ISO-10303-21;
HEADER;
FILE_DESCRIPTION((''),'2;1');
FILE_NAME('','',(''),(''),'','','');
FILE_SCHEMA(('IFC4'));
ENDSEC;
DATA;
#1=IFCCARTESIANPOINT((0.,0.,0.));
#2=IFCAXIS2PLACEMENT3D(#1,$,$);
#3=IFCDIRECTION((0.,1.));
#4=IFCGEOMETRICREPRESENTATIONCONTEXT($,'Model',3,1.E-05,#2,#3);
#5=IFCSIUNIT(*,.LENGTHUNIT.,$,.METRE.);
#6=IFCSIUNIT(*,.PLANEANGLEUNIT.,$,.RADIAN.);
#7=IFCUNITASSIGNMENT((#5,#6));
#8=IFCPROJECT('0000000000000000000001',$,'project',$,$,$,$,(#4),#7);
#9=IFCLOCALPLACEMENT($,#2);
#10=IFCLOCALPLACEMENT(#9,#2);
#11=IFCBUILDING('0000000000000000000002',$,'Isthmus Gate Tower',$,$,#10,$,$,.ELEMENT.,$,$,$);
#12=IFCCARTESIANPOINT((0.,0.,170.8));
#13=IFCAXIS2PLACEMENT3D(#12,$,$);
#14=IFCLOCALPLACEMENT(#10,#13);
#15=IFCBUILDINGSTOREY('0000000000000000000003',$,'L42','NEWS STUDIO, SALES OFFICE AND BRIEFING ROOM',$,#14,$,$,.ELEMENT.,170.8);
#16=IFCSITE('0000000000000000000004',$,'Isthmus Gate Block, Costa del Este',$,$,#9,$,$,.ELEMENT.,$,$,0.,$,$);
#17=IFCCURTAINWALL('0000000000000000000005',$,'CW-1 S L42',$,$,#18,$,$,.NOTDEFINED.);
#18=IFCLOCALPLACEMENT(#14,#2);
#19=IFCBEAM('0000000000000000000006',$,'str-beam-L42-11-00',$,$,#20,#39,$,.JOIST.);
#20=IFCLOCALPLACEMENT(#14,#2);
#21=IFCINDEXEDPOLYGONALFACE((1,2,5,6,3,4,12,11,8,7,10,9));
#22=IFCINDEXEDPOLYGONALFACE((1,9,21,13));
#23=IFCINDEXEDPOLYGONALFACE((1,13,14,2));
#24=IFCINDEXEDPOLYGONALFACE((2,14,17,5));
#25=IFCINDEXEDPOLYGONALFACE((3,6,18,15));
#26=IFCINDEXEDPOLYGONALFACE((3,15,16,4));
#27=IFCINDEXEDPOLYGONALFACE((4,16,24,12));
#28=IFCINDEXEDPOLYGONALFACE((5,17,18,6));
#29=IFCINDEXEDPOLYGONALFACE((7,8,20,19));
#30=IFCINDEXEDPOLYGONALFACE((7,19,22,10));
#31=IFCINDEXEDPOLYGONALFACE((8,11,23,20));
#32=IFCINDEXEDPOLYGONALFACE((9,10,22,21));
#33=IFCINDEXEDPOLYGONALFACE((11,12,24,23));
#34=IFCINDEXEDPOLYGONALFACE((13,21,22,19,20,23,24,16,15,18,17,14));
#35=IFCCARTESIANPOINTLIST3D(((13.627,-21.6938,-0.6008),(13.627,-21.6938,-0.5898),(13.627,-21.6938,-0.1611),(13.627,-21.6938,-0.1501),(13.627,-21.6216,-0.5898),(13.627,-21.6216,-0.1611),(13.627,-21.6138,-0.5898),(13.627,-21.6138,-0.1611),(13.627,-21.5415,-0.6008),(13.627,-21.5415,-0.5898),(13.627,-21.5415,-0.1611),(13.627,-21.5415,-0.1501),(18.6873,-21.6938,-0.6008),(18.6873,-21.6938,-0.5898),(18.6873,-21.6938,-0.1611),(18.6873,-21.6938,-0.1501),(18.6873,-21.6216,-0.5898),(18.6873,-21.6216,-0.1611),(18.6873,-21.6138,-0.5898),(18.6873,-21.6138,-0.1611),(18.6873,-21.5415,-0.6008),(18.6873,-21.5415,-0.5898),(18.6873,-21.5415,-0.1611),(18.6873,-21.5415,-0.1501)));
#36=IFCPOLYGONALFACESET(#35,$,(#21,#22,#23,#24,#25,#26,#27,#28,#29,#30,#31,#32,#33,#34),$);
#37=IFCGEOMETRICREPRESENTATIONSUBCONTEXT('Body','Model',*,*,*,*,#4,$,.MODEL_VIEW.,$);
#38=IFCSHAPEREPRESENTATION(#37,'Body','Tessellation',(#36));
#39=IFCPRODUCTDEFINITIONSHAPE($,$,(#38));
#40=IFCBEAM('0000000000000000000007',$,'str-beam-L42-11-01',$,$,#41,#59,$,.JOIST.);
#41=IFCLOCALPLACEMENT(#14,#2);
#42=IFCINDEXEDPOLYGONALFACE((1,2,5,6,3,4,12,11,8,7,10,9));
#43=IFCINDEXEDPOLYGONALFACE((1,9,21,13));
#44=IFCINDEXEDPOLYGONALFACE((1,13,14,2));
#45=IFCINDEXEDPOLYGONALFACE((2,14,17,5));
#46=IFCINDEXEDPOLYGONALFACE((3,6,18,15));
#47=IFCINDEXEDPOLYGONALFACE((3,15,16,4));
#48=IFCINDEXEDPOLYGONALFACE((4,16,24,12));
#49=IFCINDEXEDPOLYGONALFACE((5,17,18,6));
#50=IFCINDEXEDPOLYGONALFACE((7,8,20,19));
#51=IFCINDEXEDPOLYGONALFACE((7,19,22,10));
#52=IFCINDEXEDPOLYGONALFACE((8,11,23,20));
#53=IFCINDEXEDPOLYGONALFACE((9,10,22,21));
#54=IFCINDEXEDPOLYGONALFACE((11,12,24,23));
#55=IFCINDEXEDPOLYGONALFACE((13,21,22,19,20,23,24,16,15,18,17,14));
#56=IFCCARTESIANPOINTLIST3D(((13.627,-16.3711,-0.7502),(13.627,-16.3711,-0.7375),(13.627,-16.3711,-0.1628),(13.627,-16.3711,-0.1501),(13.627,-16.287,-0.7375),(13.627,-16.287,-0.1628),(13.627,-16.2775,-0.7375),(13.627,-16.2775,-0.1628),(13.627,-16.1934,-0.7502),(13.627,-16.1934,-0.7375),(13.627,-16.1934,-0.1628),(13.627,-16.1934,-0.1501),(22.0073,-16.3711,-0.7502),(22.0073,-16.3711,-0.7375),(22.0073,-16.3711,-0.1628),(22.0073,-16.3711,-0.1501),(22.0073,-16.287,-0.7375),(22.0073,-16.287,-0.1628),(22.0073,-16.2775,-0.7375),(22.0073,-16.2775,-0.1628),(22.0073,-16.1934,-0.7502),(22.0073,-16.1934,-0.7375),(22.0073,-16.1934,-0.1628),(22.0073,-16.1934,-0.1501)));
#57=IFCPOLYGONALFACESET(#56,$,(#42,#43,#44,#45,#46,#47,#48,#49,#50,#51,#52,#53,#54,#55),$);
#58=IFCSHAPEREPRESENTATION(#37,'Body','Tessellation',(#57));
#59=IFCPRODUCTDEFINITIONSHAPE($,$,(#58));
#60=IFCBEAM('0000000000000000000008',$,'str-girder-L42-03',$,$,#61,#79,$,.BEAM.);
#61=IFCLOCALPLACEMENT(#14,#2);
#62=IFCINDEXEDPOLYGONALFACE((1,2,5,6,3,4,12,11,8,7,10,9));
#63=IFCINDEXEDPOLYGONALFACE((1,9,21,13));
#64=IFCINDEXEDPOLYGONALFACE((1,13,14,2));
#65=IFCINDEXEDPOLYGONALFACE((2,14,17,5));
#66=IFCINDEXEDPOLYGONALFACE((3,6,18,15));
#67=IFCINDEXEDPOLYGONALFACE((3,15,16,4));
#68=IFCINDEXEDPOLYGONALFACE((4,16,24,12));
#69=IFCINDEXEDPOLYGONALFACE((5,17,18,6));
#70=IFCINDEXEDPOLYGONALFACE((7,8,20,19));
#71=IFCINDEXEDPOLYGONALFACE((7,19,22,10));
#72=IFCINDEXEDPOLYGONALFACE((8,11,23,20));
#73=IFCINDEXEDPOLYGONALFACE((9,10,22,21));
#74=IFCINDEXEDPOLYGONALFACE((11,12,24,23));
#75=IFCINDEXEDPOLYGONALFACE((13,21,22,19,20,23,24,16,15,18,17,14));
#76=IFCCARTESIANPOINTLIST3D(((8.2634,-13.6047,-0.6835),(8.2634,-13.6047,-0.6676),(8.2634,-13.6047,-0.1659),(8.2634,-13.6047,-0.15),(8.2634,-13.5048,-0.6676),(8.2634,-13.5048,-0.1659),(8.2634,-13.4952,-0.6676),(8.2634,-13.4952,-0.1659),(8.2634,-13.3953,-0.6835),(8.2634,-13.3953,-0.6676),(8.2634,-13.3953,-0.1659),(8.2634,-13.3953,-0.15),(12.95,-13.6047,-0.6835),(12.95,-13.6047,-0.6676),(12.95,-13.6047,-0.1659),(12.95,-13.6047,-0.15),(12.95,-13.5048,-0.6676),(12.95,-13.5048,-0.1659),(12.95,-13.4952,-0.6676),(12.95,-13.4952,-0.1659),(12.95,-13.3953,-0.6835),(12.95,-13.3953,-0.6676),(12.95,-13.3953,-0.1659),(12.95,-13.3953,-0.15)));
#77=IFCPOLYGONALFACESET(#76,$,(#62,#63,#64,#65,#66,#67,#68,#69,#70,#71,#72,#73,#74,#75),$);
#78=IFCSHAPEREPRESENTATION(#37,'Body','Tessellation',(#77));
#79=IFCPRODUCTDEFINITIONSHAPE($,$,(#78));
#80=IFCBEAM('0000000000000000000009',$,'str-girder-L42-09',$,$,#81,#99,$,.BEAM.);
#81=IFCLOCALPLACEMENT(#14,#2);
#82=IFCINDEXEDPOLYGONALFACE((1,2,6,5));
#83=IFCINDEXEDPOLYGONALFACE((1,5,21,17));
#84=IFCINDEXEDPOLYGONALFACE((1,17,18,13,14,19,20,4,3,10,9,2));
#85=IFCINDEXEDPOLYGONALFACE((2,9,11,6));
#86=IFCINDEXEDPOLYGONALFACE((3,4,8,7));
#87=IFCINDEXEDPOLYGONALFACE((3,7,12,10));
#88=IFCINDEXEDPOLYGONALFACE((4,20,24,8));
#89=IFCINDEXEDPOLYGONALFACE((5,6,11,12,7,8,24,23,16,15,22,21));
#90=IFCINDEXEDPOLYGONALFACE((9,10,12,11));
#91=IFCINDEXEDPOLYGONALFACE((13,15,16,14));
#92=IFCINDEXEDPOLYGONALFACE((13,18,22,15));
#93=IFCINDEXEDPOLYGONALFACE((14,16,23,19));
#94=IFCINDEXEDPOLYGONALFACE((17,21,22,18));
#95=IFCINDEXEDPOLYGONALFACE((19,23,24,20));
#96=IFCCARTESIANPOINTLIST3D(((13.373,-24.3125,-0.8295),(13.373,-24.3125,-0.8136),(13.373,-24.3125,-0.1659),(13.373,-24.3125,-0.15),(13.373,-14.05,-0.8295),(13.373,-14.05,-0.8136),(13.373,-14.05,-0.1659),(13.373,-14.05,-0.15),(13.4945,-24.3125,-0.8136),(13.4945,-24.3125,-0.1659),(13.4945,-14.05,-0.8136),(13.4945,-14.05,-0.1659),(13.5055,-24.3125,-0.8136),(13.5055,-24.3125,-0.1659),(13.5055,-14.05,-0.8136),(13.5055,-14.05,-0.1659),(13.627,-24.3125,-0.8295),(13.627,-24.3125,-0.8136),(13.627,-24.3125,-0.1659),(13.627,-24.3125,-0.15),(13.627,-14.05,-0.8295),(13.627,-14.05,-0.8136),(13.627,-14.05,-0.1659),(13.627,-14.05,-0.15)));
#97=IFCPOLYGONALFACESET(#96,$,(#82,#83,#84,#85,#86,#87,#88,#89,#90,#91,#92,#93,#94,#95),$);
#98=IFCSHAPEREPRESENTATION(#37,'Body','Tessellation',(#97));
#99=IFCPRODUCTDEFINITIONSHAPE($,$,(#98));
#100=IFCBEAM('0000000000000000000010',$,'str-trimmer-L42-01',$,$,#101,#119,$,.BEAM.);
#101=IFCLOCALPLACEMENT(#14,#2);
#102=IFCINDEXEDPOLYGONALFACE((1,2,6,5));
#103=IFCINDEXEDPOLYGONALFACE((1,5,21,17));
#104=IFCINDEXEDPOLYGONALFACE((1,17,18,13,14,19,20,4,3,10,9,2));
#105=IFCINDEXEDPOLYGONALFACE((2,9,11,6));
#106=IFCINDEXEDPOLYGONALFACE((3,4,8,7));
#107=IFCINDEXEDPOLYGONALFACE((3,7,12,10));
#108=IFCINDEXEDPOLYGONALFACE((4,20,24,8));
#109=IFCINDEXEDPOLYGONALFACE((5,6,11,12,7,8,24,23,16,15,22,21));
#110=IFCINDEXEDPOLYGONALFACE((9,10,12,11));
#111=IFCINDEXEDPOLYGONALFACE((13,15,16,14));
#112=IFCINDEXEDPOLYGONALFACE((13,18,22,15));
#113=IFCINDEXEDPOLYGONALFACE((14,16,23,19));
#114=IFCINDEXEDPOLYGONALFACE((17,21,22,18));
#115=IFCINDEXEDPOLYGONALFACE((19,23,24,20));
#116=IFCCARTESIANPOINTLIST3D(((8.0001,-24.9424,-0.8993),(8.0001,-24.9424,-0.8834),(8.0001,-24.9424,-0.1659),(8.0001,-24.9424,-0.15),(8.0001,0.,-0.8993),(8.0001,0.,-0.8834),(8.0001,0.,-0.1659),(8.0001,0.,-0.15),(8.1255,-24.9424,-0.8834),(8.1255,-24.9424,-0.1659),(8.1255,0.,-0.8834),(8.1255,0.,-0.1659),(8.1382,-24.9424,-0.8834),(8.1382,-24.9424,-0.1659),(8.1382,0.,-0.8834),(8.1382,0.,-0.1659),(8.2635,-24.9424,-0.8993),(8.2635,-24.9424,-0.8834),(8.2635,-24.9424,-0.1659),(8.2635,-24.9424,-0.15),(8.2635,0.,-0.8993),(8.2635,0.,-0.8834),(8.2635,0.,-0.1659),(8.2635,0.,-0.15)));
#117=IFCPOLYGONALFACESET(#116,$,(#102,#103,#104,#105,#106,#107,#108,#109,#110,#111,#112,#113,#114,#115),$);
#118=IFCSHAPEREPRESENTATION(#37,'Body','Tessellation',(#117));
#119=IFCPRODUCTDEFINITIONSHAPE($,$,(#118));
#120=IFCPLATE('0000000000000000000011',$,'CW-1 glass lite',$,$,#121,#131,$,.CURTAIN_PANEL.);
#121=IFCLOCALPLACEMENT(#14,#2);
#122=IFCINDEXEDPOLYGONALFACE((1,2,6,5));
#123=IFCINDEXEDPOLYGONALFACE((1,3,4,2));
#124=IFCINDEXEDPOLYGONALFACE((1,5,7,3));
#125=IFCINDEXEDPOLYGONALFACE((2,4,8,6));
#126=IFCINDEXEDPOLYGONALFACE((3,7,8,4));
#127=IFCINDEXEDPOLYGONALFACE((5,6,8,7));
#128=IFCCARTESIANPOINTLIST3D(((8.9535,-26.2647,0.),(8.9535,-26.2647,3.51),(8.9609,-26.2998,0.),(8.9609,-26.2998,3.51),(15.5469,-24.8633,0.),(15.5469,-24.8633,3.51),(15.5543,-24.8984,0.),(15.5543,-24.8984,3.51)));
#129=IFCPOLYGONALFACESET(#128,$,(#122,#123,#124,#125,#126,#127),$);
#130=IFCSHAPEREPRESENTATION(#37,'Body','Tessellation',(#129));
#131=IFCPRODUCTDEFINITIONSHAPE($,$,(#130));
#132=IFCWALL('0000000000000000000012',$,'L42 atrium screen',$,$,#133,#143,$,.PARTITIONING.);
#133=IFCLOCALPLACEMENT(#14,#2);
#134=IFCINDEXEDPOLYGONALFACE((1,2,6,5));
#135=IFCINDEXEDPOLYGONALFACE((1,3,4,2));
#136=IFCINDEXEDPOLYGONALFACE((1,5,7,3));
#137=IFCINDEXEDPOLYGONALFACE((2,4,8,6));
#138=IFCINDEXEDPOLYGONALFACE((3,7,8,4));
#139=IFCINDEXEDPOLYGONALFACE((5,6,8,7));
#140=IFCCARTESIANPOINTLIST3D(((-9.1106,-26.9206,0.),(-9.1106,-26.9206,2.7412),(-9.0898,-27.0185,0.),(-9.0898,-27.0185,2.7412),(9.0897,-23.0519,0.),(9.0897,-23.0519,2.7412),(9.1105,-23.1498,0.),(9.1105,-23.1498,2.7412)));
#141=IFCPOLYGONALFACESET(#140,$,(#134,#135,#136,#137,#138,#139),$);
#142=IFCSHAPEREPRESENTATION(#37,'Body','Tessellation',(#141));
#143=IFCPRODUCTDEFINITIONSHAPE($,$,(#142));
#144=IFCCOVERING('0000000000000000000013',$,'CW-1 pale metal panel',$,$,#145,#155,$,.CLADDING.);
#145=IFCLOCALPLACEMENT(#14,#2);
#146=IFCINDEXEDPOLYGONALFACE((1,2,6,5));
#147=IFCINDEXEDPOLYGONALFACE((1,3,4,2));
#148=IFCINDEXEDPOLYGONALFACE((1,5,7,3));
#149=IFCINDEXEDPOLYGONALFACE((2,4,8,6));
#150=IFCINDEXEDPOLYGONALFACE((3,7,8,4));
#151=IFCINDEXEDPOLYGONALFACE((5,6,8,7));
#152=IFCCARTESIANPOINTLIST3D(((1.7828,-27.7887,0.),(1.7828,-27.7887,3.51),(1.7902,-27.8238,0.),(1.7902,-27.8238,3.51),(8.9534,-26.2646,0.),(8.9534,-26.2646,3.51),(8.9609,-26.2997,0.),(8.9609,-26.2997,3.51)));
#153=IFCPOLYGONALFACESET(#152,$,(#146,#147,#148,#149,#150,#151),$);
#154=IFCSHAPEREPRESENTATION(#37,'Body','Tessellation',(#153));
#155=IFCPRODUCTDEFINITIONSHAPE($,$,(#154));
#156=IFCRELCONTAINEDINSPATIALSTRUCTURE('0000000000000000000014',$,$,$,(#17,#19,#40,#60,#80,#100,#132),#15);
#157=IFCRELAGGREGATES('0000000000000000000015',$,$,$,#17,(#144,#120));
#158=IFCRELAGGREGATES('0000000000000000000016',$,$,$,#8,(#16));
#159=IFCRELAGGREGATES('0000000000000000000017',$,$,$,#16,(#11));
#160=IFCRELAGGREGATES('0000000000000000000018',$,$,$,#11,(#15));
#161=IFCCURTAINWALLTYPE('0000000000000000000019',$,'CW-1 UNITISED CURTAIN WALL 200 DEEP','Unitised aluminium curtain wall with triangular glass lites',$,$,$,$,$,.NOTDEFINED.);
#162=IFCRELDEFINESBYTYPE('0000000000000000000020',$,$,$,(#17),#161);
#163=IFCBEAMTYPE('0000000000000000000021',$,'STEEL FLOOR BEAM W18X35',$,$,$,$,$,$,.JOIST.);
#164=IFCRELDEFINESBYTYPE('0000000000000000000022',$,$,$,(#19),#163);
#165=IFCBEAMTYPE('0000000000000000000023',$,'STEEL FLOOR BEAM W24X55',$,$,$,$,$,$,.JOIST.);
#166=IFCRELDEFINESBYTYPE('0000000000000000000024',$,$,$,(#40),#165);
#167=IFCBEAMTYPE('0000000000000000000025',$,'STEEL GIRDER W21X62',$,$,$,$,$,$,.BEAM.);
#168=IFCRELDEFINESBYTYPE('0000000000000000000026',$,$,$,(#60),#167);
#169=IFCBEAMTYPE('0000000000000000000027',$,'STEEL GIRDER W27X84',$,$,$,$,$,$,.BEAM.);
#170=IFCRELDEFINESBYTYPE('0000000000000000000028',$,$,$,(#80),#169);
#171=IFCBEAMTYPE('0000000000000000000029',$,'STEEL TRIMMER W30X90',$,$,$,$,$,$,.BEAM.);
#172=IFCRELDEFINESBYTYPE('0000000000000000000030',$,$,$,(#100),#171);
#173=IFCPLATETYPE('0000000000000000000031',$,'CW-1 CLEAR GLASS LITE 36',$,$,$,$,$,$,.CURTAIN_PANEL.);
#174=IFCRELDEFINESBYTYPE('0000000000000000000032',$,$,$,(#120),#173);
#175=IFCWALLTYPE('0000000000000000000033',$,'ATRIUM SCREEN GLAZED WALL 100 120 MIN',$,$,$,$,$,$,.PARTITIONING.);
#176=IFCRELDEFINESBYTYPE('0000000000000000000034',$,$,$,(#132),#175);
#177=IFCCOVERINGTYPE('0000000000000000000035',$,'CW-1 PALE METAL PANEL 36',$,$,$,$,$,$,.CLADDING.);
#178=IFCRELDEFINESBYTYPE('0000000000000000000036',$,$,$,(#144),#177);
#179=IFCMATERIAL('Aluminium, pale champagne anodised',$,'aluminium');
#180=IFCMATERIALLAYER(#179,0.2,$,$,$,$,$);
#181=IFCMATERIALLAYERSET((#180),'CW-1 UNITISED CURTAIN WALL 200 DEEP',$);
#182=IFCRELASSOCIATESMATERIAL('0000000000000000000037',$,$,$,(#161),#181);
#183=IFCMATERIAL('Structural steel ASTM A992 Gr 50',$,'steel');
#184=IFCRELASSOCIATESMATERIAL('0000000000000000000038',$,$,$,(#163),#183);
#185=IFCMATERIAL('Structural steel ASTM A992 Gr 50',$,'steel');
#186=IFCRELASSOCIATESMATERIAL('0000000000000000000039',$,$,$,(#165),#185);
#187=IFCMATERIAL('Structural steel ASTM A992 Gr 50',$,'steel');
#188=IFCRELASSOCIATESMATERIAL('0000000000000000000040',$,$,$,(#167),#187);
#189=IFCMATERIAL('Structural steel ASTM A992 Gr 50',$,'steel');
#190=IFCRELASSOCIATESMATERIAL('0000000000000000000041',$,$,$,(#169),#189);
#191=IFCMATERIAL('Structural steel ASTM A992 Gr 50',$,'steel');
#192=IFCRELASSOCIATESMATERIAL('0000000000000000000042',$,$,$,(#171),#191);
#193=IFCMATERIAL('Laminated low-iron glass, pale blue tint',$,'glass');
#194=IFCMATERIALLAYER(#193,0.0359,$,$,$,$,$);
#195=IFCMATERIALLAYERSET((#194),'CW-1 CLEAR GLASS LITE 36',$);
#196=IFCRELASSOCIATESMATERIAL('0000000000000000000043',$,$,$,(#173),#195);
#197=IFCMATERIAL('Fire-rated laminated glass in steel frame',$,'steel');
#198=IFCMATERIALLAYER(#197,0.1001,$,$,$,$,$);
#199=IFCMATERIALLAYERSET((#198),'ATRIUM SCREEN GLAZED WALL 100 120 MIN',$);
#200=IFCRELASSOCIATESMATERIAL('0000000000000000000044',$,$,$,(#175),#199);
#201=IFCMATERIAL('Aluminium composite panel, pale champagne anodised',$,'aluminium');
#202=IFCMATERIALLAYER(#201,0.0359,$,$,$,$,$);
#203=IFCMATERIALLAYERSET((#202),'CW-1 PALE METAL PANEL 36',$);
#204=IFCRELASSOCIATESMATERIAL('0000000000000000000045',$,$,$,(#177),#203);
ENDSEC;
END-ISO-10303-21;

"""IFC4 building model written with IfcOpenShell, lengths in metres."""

from ifc_helpers import new_model, si_unit, direction, frame, frame_2d, origin, origin_2d, place, context, subcontext, project, spatial, rectangle, i_section, extrude, material, layer, layer_set, material_profile, profile_set, type_object, element, aggregate, save


model = new_model("IFC4")

# Units and contexts
model_context = context("Model", 3, precision=1e-05, world=origin(), true_north=direction((0.0, 1.0)))
body_context = subcontext(model_context, "Body", "Model", "MODEL_VIEW")
ifc_project = project(units=[si_unit("LENGTHUNIT", "METRE"), si_unit("PLANEANGLEUNIT", "RADIAN")], contexts=[model_context])

# Site, building, storey
site_placement = place(None, origin())
site = spatial("IfcSite", under=ifc_project, at=site_placement, Name="Isthmus Gate Block, Costa del Este", CompositionType="ELEMENT", RefElevation=0.0)
building_placement = place(site_placement, origin())
building = spatial("IfcBuilding", under=site, at=building_placement, Name="Isthmus Gate Tower", CompositionType="ELEMENT")
storey_placement = place(building_placement, frame((0.0, 0.0, 170.8)))
storey = spatial("IfcBuildingStorey", under=building, at=storey_placement, Name="L42", Description="NEWS STUDIO, SALES OFFICE AND BRIEFING ROOM", CompositionType="ELEMENT", Elevation=170.8)

# Curtain wall
ifc_material_1 = material(Name="Aluminium, pale champagne anodised", Category="aluminium")
ifc_layer_1 = layer(ifc_material_1, 0.2)
ifc_layer_set_1 = layer_set([ifc_layer_1], Name="CW-1 UNITISED CURTAIN WALL 200 DEEP")
curtain_wall_type = type_object("IfcCurtainWallType", Name="CW-1 UNITISED CURTAIN WALL 200 DEEP", Description="Unitised aluminium curtain wall with triangular glass lites", PredefinedType="NOTDEFINED", material=ifc_layer_set_1)
curtain_wall_placement = place(storey_placement, origin())
curtain_wall = element("IfcCurtainWall", 1, at=curtain_wall_placement, inside=storey, type_object=curtain_wall_type, Name="CW-1 S L42", PredefinedType="NOTDEFINED")

# Beams
ifc_material_2 = material(Name="Structural steel ASTM A992 Gr 50", Category="steel")
ifc_material_profile_1 = material_profile(ifc_material_2, i_section(OverallWidth=0.1523, OverallDepth=0.4507, WebThickness=0.0078, FlangeThickness=0.011, at=origin_2d()), Name="W18X35")
ifc_profile_set_1 = profile_set([ifc_material_profile_1], Name="Structural steel ASTM A992 Gr 50")
beam_type_1 = type_object("IfcBeamType", Name="STEEL FLOOR BEAM W18X35", PredefinedType="JOIST", material=ifc_profile_set_1)
beam_1_placement = place(storey_placement, frame((13.627, -21.6177, -0.3755), z_axis=(1.0, 0.0, 0.0), x_axis=(0.0, 1.0, 0.0)))
element("IfcBeam", 2, at=beam_1_placement, inside=storey, type_object=beam_type_1, Name="str-beam-L42-11-00", PredefinedType="JOIST", context=body_context, shape_type="SweptSolid", body=[
    extrude(i_section(OverallWidth=0.1523, OverallDepth=0.4507, WebThickness=0.0078, FlangeThickness=0.011, at=origin_2d()), origin(), (0.0, 0.0, 1.0), 5.0603),
])
ifc_material_3 = material(Name="Structural steel ASTM A992 Gr 50", Category="steel")
ifc_material_profile_2 = material_profile(ifc_material_3, i_section(OverallWidth=0.1777, OverallDepth=0.6001, WebThickness=0.0095, FlangeThickness=0.0127, at=origin_2d()), Name="W24X55")
ifc_profile_set_2 = profile_set([ifc_material_profile_2], Name="Structural steel ASTM A992 Gr 50")
beam_type_2 = type_object("IfcBeamType", Name="STEEL FLOOR BEAM W24X55", PredefinedType="JOIST", material=ifc_profile_set_2)
beam_2_placement = place(storey_placement, frame((13.627, -16.2822, -0.4502), z_axis=(1.0, 0.0, 0.0), x_axis=(0.0, 1.0, 0.0)))
element("IfcBeam", 3, at=beam_2_placement, inside=storey, type_object=beam_type_2, Name="str-beam-L42-11-01", PredefinedType="JOIST", context=body_context, shape_type="SweptSolid", body=[
    extrude(i_section(OverallWidth=0.1777, OverallDepth=0.6001, WebThickness=0.0095, FlangeThickness=0.0127, at=origin_2d()), origin(), (0.0, 0.0, 1.0), 8.3804),
])
ifc_material_4 = material(Name="Structural steel ASTM A992 Gr 50", Category="steel")
ifc_material_profile_3 = material_profile(ifc_material_4, i_section(OverallWidth=0.2095, OverallDepth=0.5334, WebThickness=0.0095, FlangeThickness=0.0159, at=origin_2d()), Name="W21X62")
ifc_profile_set_3 = profile_set([ifc_material_profile_3], Name="Structural steel ASTM A992 Gr 50")
beam_type_3 = type_object("IfcBeamType", Name="STEEL GIRDER W21X62", PredefinedType="BEAM", material=ifc_profile_set_3)
beam_3_placement = place(storey_placement, frame((8.2634, -13.5, -0.4167), z_axis=(1.0, 0.0, 0.0), x_axis=(0.0, 1.0, 0.0)))
element("IfcBeam", 4, at=beam_3_placement, inside=storey, type_object=beam_type_3, Name="str-girder-L42-03", PredefinedType="BEAM", context=body_context, shape_type="SweptSolid", body=[
    extrude(i_section(OverallWidth=0.2095, OverallDepth=0.5334, WebThickness=0.0095, FlangeThickness=0.0159, at=origin_2d()), origin(), (0.0, 0.0, 1.0), 4.6865),
])
ifc_material_5 = material(Name="Structural steel ASTM A992 Gr 50", Category="steel")
ifc_material_profile_4 = material_profile(ifc_material_5, i_section(OverallWidth=0.2539, OverallDepth=0.6794, WebThickness=0.011, FlangeThickness=0.0159, at=origin_2d()), Name="W27X84")
ifc_profile_set_4 = profile_set([ifc_material_profile_4], Name="Structural steel ASTM A992 Gr 50")
beam_type_4 = type_object("IfcBeamType", Name="STEEL GIRDER W27X84", PredefinedType="BEAM", material=ifc_profile_set_4)
beam_4_placement = place(storey_placement, frame((13.5, -24.3125, -0.4897), z_axis=(0.0, 1.0, 0.0), x_axis=(-1.0, 0.0, 0.0)))
element("IfcBeam", 5, at=beam_4_placement, inside=storey, type_object=beam_type_4, Name="str-girder-L42-09", PredefinedType="BEAM", context=body_context, shape_type="SweptSolid", body=[
    extrude(i_section(OverallWidth=0.2539, OverallDepth=0.6794, WebThickness=0.011, FlangeThickness=0.0159, at=origin_2d()), origin(), (0.0, 0.0, 1.0), 10.2625),
])
ifc_material_6 = material(Name="Structural steel ASTM A992 Gr 50", Category="steel")
ifc_material_profile_5 = material_profile(ifc_material_6, i_section(OverallWidth=0.2634, OverallDepth=0.7493, WebThickness=0.0127, FlangeThickness=0.0159, at=origin_2d()), Name="W30X90")
ifc_profile_set_5 = profile_set([ifc_material_profile_5], Name="Structural steel ASTM A992 Gr 50")
beam_type_5 = type_object("IfcBeamType", Name="STEEL TRIMMER W30X90", PredefinedType="BEAM", material=ifc_profile_set_5)
beam_5_placement = place(storey_placement, frame((8.1318, -24.9424, -0.5247), z_axis=(0.0, 1.0, 0.0), x_axis=(-1.0, 0.0, 0.0)))
element("IfcBeam", 6, at=beam_5_placement, inside=storey, type_object=beam_type_5, Name="str-trimmer-L42-01", PredefinedType="BEAM", context=body_context, shape_type="SweptSolid", body=[
    extrude(i_section(OverallWidth=0.2634, OverallDepth=0.7493, WebThickness=0.0127, FlangeThickness=0.0159, at=origin_2d()), origin(), (0.0, 0.0, 1.0), 24.9424),
])

# Plate
ifc_material_7 = material(Name="Laminated low-iron glass, pale blue tint", Category="glass")
ifc_layer_2 = layer(ifc_material_7, 0.0359)
ifc_layer_set_2 = layer_set([ifc_layer_2], Name="CW-1 CLEAR GLASS LITE 36")
plate_type = type_object("IfcPlateType", Name="CW-1 CLEAR GLASS LITE 36", PredefinedType="CURTAIN_PANEL", material=ifc_layer_set_2)
plate_placement = place(storey_placement, frame((12.2539, -25.5815, 0.0), z_axis=(0.0, 0.0, 1.0), x_axis=(0.978148, 0.207912, 0.0)))
plate = element("IfcPlate", 7, at=plate_placement, type_object=plate_type, Name="CW-1 glass lite", PredefinedType="CURTAIN_PANEL", context=body_context, shape_type="SweptSolid", body=[
    extrude(rectangle(XDim=6.7407, YDim=0.0359, at=origin_2d()), origin(), (0.0, 0.0, 1.0), 3.51),
])

# Wall
ifc_material_8 = material(Name="Fire-rated laminated glass in steel frame", Category="steel")
ifc_layer_3 = layer(ifc_material_8, 0.1001)
ifc_layer_set_3 = layer_set([ifc_layer_3], Name="ATRIUM SCREEN GLAZED WALL 100 120 MIN")
wall_type = type_object("IfcWallType", Name="ATRIUM SCREEN GLAZED WALL 100 120 MIN", PredefinedType="PARTITIONING", material=ifc_layer_set_3)
wall_placement = place(storey_placement, frame((9.1001, -23.1008, 0.0), z_axis=(0.0, 0.0, 1.0), x_axis=(-0.978147, -0.207916, 0.0)))
element("IfcWall", 8, at=wall_placement, inside=storey, type_object=wall_type, Name="L42 atrium screen", PredefinedType="PARTITIONING", context=body_context, shape_type="SweptSolid", body=[
    extrude(rectangle(XDim=18.6069, YDim=0.1001, at=frame_2d((9.3035, 0.0))), origin(), (0.0, 0.0, 1.0), 2.7412),
])

# Covering
ifc_material_9 = material(Name="Aluminium composite panel, pale champagne anodised", Category="aluminium")
ifc_layer_4 = layer(ifc_material_9, 0.0359)
ifc_layer_set_4 = layer_set([ifc_layer_4], Name="CW-1 PALE METAL PANEL 36")
covering_type = type_object("IfcCoveringType", Name="CW-1 PALE METAL PANEL 36", PredefinedType="CLADDING", material=ifc_layer_set_4)
covering_placement = place(storey_placement, frame((5.3718, -27.0442, 0.0), z_axis=(0.0, 0.0, 1.0), x_axis=(0.978148, 0.207912, 0.0)))
covering = element("IfcCovering", 9, at=covering_placement, type_object=covering_type, Name="CW-1 pale metal panel", PredefinedType="CLADDING", context=body_context, shape_type="SweptSolid", body=[
    extrude(rectangle(XDim=7.3308, YDim=0.0359, at=origin_2d()), origin(), (0.0, 0.0, 1.0), 3.51),
])
aggregate(curtain_wall, [covering, plate])

save(model, "model.ifc")
